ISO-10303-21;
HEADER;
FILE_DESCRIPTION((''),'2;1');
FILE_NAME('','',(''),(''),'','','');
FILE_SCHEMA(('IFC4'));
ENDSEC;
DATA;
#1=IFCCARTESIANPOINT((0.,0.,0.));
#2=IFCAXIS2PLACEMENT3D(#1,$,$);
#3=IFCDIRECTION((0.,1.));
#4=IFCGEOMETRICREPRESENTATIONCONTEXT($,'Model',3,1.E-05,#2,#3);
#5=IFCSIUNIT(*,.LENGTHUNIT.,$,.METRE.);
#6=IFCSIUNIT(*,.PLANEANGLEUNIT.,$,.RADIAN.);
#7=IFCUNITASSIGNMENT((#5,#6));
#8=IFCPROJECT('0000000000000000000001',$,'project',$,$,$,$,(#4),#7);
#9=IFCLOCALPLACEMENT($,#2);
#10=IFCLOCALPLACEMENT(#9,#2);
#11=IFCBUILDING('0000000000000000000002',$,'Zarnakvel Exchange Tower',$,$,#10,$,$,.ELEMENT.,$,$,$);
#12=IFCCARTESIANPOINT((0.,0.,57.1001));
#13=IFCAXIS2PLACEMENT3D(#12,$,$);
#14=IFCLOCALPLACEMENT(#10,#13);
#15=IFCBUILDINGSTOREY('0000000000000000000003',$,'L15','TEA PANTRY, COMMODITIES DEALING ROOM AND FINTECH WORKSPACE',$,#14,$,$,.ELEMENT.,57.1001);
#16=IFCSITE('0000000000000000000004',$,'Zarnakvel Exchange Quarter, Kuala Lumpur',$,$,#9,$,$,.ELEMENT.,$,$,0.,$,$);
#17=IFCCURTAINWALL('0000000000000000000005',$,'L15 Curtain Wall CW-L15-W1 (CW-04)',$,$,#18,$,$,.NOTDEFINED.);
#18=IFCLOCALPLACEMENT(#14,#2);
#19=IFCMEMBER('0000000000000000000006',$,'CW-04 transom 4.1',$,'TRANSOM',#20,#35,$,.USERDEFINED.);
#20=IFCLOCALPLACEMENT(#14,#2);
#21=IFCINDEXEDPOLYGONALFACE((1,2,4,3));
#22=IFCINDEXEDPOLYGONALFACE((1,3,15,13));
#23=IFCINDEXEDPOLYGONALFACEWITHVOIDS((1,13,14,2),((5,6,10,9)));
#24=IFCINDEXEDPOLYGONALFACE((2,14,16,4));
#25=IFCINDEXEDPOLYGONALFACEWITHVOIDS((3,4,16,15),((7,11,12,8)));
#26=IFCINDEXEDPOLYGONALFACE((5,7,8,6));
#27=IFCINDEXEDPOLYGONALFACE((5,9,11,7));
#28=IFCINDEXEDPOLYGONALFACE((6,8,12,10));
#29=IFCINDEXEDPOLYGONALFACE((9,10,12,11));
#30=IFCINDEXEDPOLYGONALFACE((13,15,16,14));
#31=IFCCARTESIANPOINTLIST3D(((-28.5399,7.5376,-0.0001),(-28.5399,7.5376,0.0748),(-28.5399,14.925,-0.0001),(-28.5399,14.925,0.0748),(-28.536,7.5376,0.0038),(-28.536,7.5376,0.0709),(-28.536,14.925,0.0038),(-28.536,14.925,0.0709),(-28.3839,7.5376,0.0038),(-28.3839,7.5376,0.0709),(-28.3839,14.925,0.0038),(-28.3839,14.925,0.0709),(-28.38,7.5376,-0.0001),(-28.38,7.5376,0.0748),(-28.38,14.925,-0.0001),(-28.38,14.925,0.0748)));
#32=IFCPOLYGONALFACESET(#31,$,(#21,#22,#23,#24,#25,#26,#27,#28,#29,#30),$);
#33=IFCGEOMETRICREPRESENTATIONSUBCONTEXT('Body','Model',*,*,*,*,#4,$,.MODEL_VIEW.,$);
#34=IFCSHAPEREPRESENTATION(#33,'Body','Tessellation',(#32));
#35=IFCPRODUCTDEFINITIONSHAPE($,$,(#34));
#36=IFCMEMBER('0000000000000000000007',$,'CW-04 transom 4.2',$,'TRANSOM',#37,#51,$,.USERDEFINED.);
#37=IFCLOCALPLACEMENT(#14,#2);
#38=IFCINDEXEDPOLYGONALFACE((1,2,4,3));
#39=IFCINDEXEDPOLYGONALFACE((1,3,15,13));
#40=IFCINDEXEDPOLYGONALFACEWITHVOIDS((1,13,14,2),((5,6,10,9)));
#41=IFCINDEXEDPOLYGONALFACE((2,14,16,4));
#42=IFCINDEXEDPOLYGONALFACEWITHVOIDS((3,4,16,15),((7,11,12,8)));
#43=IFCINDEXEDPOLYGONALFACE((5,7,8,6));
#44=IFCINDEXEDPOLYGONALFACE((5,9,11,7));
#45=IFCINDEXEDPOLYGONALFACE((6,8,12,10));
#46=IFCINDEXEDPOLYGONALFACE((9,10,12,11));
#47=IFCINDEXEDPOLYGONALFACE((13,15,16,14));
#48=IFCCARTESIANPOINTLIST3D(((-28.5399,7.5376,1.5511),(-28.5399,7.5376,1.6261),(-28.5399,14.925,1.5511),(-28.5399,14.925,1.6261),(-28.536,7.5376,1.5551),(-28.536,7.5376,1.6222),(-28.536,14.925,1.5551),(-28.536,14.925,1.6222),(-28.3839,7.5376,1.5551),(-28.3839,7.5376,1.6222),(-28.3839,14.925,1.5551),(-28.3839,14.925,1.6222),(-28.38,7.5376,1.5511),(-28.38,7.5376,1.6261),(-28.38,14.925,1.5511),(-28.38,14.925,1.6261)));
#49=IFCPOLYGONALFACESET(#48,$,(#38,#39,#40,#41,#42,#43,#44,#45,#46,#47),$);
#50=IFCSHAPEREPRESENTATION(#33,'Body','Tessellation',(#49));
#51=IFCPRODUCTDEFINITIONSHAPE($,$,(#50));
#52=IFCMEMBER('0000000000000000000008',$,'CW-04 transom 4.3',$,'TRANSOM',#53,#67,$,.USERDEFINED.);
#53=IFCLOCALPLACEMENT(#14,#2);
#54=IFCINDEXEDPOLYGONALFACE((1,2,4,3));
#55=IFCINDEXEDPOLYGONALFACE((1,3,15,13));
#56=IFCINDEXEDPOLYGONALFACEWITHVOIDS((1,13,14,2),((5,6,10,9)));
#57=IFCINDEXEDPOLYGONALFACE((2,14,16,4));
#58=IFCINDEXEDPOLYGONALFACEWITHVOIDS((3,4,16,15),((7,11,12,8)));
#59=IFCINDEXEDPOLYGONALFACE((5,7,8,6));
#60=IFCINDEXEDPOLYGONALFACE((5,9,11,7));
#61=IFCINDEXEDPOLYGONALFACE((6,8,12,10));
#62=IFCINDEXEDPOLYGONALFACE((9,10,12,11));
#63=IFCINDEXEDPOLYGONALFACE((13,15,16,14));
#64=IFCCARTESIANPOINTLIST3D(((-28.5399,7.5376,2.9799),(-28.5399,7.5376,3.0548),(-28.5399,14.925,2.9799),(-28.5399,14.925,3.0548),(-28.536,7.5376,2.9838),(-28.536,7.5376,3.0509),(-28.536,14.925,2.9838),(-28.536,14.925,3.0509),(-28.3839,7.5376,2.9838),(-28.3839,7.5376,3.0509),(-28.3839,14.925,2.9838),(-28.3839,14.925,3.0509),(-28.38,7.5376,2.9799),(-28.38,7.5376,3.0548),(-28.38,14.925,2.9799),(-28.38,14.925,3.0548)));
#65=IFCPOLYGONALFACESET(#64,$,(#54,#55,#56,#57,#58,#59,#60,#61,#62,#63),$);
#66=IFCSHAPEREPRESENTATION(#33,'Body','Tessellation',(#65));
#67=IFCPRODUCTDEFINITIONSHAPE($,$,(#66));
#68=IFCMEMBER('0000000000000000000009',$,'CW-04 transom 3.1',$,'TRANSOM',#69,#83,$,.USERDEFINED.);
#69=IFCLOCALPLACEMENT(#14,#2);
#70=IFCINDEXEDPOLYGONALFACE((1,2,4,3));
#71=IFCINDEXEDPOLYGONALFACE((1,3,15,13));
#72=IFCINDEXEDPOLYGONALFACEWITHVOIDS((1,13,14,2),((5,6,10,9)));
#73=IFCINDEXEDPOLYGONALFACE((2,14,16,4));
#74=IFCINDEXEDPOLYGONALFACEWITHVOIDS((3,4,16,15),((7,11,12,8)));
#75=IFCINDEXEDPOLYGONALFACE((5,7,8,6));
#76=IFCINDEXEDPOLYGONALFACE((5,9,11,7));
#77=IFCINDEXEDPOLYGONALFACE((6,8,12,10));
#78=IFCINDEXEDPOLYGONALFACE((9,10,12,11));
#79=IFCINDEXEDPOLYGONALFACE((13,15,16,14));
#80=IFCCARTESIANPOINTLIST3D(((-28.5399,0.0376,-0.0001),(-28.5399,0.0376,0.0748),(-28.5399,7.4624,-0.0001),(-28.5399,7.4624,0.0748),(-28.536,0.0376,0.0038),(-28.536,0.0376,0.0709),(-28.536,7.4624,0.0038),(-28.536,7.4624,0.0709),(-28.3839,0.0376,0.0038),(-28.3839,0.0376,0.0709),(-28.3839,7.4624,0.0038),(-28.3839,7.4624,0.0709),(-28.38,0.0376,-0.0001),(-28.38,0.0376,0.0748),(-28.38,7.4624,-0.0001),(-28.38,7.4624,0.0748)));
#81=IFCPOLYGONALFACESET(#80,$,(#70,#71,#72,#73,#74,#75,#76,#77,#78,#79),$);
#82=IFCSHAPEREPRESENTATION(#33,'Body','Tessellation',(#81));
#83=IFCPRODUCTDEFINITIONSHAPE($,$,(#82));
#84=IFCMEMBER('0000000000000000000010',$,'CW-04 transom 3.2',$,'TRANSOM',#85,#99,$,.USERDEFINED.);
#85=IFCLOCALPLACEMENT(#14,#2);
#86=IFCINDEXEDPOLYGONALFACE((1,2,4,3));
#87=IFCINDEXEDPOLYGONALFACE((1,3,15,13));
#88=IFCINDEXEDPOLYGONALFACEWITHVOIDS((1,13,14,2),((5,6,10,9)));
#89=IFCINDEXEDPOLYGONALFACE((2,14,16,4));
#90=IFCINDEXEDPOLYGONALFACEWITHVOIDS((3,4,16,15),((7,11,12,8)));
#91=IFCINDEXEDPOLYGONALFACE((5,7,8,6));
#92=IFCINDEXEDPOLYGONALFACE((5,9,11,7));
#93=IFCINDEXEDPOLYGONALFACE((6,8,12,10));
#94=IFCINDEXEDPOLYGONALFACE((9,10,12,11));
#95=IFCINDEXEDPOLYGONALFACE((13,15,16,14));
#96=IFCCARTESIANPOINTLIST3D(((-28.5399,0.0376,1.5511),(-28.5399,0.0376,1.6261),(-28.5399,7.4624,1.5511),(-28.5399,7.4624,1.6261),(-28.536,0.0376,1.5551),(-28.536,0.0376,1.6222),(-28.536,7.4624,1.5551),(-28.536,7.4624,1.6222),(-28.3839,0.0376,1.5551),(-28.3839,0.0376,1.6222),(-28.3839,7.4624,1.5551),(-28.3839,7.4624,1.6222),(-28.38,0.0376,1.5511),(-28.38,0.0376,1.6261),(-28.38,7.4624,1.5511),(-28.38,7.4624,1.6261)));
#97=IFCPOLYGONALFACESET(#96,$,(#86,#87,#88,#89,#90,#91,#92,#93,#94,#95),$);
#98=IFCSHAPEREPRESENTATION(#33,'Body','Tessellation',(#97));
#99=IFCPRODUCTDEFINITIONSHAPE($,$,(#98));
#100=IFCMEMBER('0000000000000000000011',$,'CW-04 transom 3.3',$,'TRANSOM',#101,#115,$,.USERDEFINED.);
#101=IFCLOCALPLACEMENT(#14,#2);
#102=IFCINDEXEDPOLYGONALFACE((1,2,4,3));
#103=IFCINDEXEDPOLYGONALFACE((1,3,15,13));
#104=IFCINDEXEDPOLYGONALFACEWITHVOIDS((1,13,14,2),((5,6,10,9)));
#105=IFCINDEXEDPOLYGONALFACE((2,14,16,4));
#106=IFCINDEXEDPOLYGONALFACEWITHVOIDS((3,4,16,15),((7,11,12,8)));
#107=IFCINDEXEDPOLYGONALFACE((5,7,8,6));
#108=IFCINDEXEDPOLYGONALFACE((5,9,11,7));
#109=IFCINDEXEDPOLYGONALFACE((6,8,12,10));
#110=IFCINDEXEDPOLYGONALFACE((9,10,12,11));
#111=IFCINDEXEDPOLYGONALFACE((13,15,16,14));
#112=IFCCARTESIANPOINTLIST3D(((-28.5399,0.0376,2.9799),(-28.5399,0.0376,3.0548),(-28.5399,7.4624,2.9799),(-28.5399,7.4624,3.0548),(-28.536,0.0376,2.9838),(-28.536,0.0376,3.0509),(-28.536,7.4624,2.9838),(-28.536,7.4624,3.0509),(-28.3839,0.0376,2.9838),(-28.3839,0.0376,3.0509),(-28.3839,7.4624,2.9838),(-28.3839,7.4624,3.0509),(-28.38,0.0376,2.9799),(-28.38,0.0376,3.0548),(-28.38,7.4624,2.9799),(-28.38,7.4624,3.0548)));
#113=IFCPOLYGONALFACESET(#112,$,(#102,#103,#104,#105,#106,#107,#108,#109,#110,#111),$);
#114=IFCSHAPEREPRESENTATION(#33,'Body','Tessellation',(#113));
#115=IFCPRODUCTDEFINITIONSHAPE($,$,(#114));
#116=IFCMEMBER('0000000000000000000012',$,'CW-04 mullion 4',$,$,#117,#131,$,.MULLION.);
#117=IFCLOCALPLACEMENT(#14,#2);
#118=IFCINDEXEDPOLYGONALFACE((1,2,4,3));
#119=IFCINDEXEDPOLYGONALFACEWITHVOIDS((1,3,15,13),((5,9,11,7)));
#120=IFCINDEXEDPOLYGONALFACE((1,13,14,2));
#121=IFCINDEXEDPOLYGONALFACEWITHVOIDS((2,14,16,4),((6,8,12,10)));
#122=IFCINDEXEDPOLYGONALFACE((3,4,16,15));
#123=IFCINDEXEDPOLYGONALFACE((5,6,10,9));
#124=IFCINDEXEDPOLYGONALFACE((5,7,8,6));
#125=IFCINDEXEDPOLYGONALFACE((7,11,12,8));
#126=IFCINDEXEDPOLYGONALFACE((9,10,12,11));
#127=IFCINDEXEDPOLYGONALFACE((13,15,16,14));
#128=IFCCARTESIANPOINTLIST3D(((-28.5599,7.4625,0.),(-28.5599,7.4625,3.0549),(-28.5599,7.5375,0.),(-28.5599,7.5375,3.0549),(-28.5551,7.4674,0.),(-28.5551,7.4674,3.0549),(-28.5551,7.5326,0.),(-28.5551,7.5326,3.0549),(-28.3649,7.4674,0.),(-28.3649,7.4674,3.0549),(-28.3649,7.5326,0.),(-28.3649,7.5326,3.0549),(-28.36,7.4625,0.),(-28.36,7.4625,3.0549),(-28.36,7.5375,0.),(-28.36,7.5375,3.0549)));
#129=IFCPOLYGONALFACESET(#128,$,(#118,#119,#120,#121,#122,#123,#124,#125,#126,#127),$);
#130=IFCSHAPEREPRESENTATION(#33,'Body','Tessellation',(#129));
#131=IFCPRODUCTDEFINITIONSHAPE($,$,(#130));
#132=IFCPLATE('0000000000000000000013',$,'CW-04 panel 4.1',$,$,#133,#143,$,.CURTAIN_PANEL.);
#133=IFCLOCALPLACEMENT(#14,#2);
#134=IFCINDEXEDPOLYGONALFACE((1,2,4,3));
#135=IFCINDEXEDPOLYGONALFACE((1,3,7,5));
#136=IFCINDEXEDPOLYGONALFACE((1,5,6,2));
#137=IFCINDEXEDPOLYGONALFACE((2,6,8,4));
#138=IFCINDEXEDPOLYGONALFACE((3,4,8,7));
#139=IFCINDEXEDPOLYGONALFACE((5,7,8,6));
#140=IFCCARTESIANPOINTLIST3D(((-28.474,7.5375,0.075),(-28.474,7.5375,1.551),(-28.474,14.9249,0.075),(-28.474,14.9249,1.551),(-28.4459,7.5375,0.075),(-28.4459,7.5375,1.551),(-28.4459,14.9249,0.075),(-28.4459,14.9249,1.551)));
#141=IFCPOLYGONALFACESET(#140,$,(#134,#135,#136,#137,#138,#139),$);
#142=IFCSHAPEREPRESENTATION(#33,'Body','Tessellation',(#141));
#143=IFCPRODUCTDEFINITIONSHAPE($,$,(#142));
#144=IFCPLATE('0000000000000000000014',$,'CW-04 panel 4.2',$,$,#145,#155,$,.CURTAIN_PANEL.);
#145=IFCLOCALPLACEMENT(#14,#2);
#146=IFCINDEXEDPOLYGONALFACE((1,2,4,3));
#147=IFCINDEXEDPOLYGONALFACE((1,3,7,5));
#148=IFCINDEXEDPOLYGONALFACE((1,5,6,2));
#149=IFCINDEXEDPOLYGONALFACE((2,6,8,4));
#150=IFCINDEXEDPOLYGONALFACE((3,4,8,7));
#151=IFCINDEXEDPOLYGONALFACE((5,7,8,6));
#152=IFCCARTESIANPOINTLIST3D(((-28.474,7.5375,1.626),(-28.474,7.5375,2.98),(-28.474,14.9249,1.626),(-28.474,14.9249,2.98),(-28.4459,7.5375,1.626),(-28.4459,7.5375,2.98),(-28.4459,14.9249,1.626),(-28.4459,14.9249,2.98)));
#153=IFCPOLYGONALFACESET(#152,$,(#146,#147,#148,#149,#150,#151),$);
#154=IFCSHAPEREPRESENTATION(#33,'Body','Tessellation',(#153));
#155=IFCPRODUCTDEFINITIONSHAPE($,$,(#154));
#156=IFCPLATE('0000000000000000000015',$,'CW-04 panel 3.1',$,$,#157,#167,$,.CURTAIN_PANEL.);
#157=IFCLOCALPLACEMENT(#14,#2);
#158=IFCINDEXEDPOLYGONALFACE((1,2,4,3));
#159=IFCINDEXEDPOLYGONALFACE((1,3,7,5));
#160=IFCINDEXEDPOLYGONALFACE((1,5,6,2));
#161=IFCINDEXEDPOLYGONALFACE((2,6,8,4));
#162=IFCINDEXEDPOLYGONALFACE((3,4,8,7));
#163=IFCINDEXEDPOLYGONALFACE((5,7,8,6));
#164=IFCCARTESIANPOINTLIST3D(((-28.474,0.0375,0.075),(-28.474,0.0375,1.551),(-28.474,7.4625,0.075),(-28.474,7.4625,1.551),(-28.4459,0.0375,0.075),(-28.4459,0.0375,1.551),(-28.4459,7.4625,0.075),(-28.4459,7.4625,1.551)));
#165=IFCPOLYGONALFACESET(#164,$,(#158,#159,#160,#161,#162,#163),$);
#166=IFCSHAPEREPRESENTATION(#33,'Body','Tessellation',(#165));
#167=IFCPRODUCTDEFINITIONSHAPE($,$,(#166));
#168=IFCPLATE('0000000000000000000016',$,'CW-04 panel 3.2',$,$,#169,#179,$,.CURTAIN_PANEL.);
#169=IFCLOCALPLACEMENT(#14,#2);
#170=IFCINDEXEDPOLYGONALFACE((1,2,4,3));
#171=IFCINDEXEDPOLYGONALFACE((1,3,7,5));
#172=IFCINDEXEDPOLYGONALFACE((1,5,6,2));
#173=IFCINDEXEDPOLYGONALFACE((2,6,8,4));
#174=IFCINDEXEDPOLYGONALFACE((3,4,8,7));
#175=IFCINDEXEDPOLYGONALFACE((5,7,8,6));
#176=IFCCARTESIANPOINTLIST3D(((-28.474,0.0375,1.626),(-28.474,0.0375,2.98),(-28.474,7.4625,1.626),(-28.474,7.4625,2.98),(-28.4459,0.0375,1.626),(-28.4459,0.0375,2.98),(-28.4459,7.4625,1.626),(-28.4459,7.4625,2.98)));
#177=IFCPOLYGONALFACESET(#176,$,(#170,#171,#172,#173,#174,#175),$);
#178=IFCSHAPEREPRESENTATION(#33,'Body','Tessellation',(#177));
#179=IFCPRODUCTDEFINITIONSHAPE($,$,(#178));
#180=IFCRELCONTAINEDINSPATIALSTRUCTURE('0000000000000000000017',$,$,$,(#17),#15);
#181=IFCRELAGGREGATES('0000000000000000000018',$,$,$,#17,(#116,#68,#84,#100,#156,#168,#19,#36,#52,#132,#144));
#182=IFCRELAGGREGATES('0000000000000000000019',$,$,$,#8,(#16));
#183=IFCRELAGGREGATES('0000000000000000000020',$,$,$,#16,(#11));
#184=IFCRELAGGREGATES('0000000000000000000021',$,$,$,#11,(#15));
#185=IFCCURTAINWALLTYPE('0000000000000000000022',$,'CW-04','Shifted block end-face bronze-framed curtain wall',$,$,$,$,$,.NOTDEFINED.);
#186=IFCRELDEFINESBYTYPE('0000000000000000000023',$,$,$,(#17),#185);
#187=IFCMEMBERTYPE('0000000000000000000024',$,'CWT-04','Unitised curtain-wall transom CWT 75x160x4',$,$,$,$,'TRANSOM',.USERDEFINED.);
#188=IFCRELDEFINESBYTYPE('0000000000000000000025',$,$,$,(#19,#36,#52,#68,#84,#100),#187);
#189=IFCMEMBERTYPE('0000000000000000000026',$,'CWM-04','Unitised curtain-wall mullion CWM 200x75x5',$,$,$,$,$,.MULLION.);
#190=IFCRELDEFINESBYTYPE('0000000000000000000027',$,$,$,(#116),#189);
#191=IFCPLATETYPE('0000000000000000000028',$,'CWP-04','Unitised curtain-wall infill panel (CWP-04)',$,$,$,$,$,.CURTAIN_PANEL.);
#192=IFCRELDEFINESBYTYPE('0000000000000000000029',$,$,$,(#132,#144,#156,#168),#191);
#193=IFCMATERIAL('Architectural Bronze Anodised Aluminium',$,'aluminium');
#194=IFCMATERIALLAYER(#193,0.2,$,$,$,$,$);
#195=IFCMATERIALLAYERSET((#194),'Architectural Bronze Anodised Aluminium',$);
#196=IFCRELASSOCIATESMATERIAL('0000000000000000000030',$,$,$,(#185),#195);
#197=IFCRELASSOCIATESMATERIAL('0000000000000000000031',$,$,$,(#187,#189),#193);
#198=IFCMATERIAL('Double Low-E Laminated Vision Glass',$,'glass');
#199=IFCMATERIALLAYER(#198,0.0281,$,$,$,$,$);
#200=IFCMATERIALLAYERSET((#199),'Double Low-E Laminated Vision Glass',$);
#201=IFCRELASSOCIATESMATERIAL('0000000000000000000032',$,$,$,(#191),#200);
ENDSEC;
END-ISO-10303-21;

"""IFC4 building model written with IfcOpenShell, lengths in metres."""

from ifc_helpers import new_model, si_unit, direction, frame, origin, origin_2d, place, context, subcontext, project, spatial, rectangle, hollow_rectangle, extrude, source, transform, mapped, material, layer, layer_set, material_profile, profile_set, type_object, element, aggregate, save


model = new_model("IFC4")

# Units and contexts
model_context = context("Model", 3, precision=1e-05, world=origin(), true_north=direction((0.0, 1.0)))
body_context = subcontext(model_context, "Body", "Model", "MODEL_VIEW")
ifc_project = project(units=[si_unit("LENGTHUNIT", "METRE"), si_unit("PLANEANGLEUNIT", "RADIAN")], contexts=[model_context])

# Site, building, storey
site_placement = place(None, origin())
site = spatial("IfcSite", under=ifc_project, at=site_placement, Name="Zarnakvel Exchange Quarter, Kuala Lumpur", CompositionType="ELEMENT", RefElevation=0.0)
building_placement = place(site_placement, origin())
building = spatial("IfcBuilding", under=site, at=building_placement, Name="Zarnakvel Exchange Tower", CompositionType="ELEMENT")
storey_placement = place(building_placement, frame((0.0, 0.0, 57.1001)))
storey = spatial("IfcBuildingStorey", under=building, at=storey_placement, Name="L15", Description="TEA PANTRY, COMMODITIES DEALING ROOM AND FINTECH WORKSPACE", CompositionType="ELEMENT", Elevation=57.1001)

# Curtain wall, members, plates
ifc_material_1 = material(Name="Architectural Bronze Anodised Aluminium", Category="aluminium")
ifc_layer_1 = layer(ifc_material_1, 0.2)
ifc_layer_set_1 = layer_set([ifc_layer_1], Name="Architectural Bronze Anodised Aluminium")
curtain_wall_type = type_object("IfcCurtainWallType", Name="CW-04", Description="Shifted block end-face bronze-framed curtain wall", PredefinedType="NOTDEFINED", material=ifc_layer_set_1)
curtain_wall_placement = place(storey_placement, origin())
curtain_wall = element("IfcCurtainWall", 1, at=curtain_wall_placement, inside=storey, type_object=curtain_wall_type, Name="L15 Curtain Wall CW-L15-W1 (CW-04)", PredefinedType="NOTDEFINED")
ifc_material_profile_1 = material_profile(ifc_material_1, hollow_rectangle(XDim=0.1599, YDim=0.075, WallThickness=0.0039, at=origin_2d()))
ifc_profile_set_1 = profile_set([ifc_material_profile_1], Name="Architectural Bronze Anodised Aluminium")
member_type_1 = type_object("IfcMemberType", Name="CWT-04", Description="Unitised curtain-wall transom CWT 75x160x4", ElementType="TRANSOM", PredefinedType="USERDEFINED", material=ifc_profile_set_1)
shared_shape_1 = source(origin(), body_context, "Body", "SweptSolid", [
    extrude(hollow_rectangle(XDim=0.1599, YDim=0.075, WallThickness=0.0039, at=origin_2d()), origin(), (0.0, 0.0, 1.0), 7.3875),
])
member_1_placement = place(storey_placement, frame((-28.46, 7.5376, 0.0374), z_axis=(0.0, 1.0, 0.0), x_axis=(-1.0, 0.0, 0.0)))
member_1 = element("IfcMember", 2, at=member_1_placement, type_object=member_type_1, Name="CW-04 transom 4.1", ObjectType="TRANSOM", PredefinedType="USERDEFINED", context=body_context, shape_type="MappedRepresentation", body=[
    mapped(shared_shape_1, transform((0.0, 0.0, 0.0), x_axis=(1.0, 0.0, 0.0), y_axis=(0.0, 1.0, 0.0), z_axis=(0.0, 0.0, 1.0), scale=1.0)),
])
member_2_placement = place(storey_placement, frame((-28.46, 7.5376, 1.5886), z_axis=(0.0, 1.0, 0.0), x_axis=(-1.0, 0.0, 0.0)))
member_2 = element("IfcMember", 3, at=member_2_placement, type_object=member_type_1, Name="CW-04 transom 4.2", ObjectType="TRANSOM", PredefinedType="USERDEFINED", context=body_context, shape_type="MappedRepresentation", body=[
    mapped(shared_shape_1, transform((0.0, 0.0, 0.0), x_axis=(1.0, 0.0, 0.0), y_axis=(0.0, 1.0, 0.0), z_axis=(0.0, 0.0, 1.0), scale=1.0)),
])
member_3_placement = place(storey_placement, frame((-28.46, 7.5376, 3.0173), z_axis=(0.0, 1.0, 0.0), x_axis=(-1.0, 0.0, 0.0)))
member_3 = element("IfcMember", 4, at=member_3_placement, type_object=member_type_1, Name="CW-04 transom 4.3", ObjectType="TRANSOM", PredefinedType="USERDEFINED", context=body_context, shape_type="MappedRepresentation", body=[
    mapped(shared_shape_1, transform((0.0, 0.0, 0.0), x_axis=(1.0, 0.0, 0.0), y_axis=(0.0, 1.0, 0.0), z_axis=(0.0, 0.0, 1.0), scale=1.0)),
])
shared_shape_2 = source(origin(), body_context, "Body", "SweptSolid", [
    extrude(hollow_rectangle(XDim=0.1599, YDim=0.075, WallThickness=0.0039, at=origin_2d()), origin(), (0.0, 0.0, 1.0), 7.4248),
])
member_4_placement = place(storey_placement, frame((-28.46, 0.0376, 0.0374), z_axis=(0.0, 1.0, 0.0), x_axis=(-1.0, 0.0, 0.0)))
member_4 = element("IfcMember", 5, at=member_4_placement, type_object=member_type_1, Name="CW-04 transom 3.1", ObjectType="TRANSOM", PredefinedType="USERDEFINED", context=body_context, shape_type="MappedRepresentation", body=[
    mapped(shared_shape_2, transform((0.0, 0.0, 0.0), x_axis=(1.0, 0.0, 0.0), y_axis=(0.0, 1.0, 0.0), z_axis=(0.0, 0.0, 1.0), scale=1.0)),
])
member_5_placement = place(storey_placement, frame((-28.46, 0.0376, 1.5886), z_axis=(0.0, 1.0, 0.0), x_axis=(-1.0, 0.0, 0.0)))
member_5 = element("IfcMember", 6, at=member_5_placement, type_object=member_type_1, Name="CW-04 transom 3.2", ObjectType="TRANSOM", PredefinedType="USERDEFINED", context=body_context, shape_type="MappedRepresentation", body=[
    mapped(shared_shape_2, transform((0.0, 0.0, 0.0), x_axis=(1.0, 0.0, 0.0), y_axis=(0.0, 1.0, 0.0), z_axis=(0.0, 0.0, 1.0), scale=1.0)),
])
member_6_placement = place(storey_placement, frame((-28.46, 0.0376, 3.0173), z_axis=(0.0, 1.0, 0.0), x_axis=(-1.0, 0.0, 0.0)))
member_6 = element("IfcMember", 7, at=member_6_placement, type_object=member_type_1, Name="CW-04 transom 3.3", ObjectType="TRANSOM", PredefinedType="USERDEFINED", context=body_context, shape_type="MappedRepresentation", body=[
    mapped(shared_shape_2, transform((0.0, 0.0, 0.0), x_axis=(1.0, 0.0, 0.0), y_axis=(0.0, 1.0, 0.0), z_axis=(0.0, 0.0, 1.0), scale=1.0)),
])
ifc_material_profile_2 = material_profile(ifc_material_1, hollow_rectangle(XDim=0.2, YDim=0.075, WallThickness=0.0049, at=origin_2d()))
ifc_profile_set_2 = profile_set([ifc_material_profile_2], Name="Architectural Bronze Anodised Aluminium")
member_type_2 = type_object("IfcMemberType", Name="CWM-04", Description="Unitised curtain-wall mullion CWM 200x75x5", PredefinedType="MULLION", material=ifc_profile_set_2)
shared_shape_3 = source(origin(), body_context, "Body", "SweptSolid", [
    extrude(hollow_rectangle(XDim=0.2, YDim=0.075, WallThickness=0.0049, at=origin_2d()), origin(), (0.0, 0.0, 1.0), 3.0549),
])
member_7_placement = place(storey_placement, frame((-28.46, 7.5, 0.0), z_axis=(0.0, 0.0, 1.0), x_axis=(-1.0, 0.0, 0.0)))
member_7 = element("IfcMember", 8, at=member_7_placement, type_object=member_type_2, Name="CW-04 mullion 4", PredefinedType="MULLION", context=body_context, shape_type="MappedRepresentation", body=[
    mapped(shared_shape_3, transform((0.0, 0.0, 0.0), x_axis=(1.0, 0.0, 0.0), y_axis=(0.0, 1.0, 0.0), z_axis=(0.0, 0.0, 1.0), scale=1.0)),
])
ifc_material_2 = material(Name="Double Low-E Laminated Vision Glass", Category="glass")
ifc_layer_2 = layer(ifc_material_2, 0.0281)
ifc_layer_set_2 = layer_set([ifc_layer_2], Name="Double Low-E Laminated Vision Glass")
plate_type = type_object("IfcPlateType", Name="CWP-04", Description="Unitised curtain-wall infill panel (CWP-04)", PredefinedType="CURTAIN_PANEL", material=ifc_layer_set_2)
shared_shape_4 = source(origin(), body_context, "Body", "SweptSolid", [
    extrude(rectangle(XDim=7.3875, YDim=0.0281, at=origin_2d()), origin(), (0.0, 0.0, 1.0), 1.4761),
])
plate_1_placement = place(storey_placement, frame((-28.46, 11.2312, 0.075), z_axis=(0.0, 0.0, 1.0), x_axis=(0.0, 1.0, 0.0)))
plate_1 = element("IfcPlate", 9, at=plate_1_placement, type_object=plate_type, Name="CW-04 panel 4.1", PredefinedType="CURTAIN_PANEL", context=body_context, shape_type="MappedRepresentation", body=[
    mapped(shared_shape_4, transform((0.0, 0.0, 0.0), x_axis=(1.0, 0.0, 0.0), y_axis=(0.0, 1.0, 0.0), z_axis=(0.0, 0.0, 1.0), scale=1.0)),
])
shared_shape_5 = source(origin(), body_context, "Body", "SweptSolid", [
    extrude(rectangle(XDim=7.3875, YDim=0.0281, at=origin_2d()), origin(), (0.0, 0.0, 1.0), 1.354),
])
plate_2_placement = place(storey_placement, frame((-28.46, 11.2312, 1.626), z_axis=(0.0, 0.0, 1.0), x_axis=(0.0, 1.0, 0.0)))
plate_2 = element("IfcPlate", 10, at=plate_2_placement, type_object=plate_type, Name="CW-04 panel 4.2", PredefinedType="CURTAIN_PANEL", context=body_context, shape_type="MappedRepresentation", body=[
    mapped(shared_shape_5, transform((0.0, 0.0, 0.0), x_axis=(1.0, 0.0, 0.0), y_axis=(0.0, 1.0, 0.0), z_axis=(0.0, 0.0, 1.0), scale=1.0)),
])
shared_shape_6 = source(origin(), body_context, "Body", "SweptSolid", [
    extrude(rectangle(XDim=7.425, YDim=0.0281, at=origin_2d()), origin(), (0.0, 0.0, 1.0), 1.4761),
])
plate_3_placement = place(storey_placement, frame((-28.46, 3.75, 0.075), z_axis=(0.0, 0.0, 1.0), x_axis=(0.0, 1.0, 0.0)))
plate_3 = element("IfcPlate", 11, at=plate_3_placement, type_object=plate_type, Name="CW-04 panel 3.1", PredefinedType="CURTAIN_PANEL", context=body_context, shape_type="MappedRepresentation", body=[
    mapped(shared_shape_6, transform((0.0, 0.0, 0.0), x_axis=(1.0, 0.0, 0.0), y_axis=(0.0, 1.0, 0.0), z_axis=(0.0, 0.0, 1.0), scale=1.0)),
])
shared_shape_7 = source(origin(), body_context, "Body", "SweptSolid", [
    extrude(rectangle(XDim=7.425, YDim=0.0281, at=origin_2d()), origin(), (0.0, 0.0, 1.0), 1.354),
])
plate_4_placement = place(storey_placement, frame((-28.46, 3.75, 1.626), z_axis=(0.0, 0.0, 1.0), x_axis=(0.0, 1.0, 0.0)))
plate_4 = element("IfcPlate", 12, at=plate_4_placement, type_object=plate_type, Name="CW-04 panel 3.2", PredefinedType="CURTAIN_PANEL", context=body_context, shape_type="MappedRepresentation", body=[
    mapped(shared_shape_7, transform((0.0, 0.0, 0.0), x_axis=(1.0, 0.0, 0.0), y_axis=(0.0, 1.0, 0.0), z_axis=(0.0, 0.0, 1.0), scale=1.0)),
])
aggregate(curtain_wall, [member_7, member_4, member_5, member_6, plate_3, plate_4, member_1, member_2, member_3, plate_1, plate_2])

save(model, "model.ifc")
